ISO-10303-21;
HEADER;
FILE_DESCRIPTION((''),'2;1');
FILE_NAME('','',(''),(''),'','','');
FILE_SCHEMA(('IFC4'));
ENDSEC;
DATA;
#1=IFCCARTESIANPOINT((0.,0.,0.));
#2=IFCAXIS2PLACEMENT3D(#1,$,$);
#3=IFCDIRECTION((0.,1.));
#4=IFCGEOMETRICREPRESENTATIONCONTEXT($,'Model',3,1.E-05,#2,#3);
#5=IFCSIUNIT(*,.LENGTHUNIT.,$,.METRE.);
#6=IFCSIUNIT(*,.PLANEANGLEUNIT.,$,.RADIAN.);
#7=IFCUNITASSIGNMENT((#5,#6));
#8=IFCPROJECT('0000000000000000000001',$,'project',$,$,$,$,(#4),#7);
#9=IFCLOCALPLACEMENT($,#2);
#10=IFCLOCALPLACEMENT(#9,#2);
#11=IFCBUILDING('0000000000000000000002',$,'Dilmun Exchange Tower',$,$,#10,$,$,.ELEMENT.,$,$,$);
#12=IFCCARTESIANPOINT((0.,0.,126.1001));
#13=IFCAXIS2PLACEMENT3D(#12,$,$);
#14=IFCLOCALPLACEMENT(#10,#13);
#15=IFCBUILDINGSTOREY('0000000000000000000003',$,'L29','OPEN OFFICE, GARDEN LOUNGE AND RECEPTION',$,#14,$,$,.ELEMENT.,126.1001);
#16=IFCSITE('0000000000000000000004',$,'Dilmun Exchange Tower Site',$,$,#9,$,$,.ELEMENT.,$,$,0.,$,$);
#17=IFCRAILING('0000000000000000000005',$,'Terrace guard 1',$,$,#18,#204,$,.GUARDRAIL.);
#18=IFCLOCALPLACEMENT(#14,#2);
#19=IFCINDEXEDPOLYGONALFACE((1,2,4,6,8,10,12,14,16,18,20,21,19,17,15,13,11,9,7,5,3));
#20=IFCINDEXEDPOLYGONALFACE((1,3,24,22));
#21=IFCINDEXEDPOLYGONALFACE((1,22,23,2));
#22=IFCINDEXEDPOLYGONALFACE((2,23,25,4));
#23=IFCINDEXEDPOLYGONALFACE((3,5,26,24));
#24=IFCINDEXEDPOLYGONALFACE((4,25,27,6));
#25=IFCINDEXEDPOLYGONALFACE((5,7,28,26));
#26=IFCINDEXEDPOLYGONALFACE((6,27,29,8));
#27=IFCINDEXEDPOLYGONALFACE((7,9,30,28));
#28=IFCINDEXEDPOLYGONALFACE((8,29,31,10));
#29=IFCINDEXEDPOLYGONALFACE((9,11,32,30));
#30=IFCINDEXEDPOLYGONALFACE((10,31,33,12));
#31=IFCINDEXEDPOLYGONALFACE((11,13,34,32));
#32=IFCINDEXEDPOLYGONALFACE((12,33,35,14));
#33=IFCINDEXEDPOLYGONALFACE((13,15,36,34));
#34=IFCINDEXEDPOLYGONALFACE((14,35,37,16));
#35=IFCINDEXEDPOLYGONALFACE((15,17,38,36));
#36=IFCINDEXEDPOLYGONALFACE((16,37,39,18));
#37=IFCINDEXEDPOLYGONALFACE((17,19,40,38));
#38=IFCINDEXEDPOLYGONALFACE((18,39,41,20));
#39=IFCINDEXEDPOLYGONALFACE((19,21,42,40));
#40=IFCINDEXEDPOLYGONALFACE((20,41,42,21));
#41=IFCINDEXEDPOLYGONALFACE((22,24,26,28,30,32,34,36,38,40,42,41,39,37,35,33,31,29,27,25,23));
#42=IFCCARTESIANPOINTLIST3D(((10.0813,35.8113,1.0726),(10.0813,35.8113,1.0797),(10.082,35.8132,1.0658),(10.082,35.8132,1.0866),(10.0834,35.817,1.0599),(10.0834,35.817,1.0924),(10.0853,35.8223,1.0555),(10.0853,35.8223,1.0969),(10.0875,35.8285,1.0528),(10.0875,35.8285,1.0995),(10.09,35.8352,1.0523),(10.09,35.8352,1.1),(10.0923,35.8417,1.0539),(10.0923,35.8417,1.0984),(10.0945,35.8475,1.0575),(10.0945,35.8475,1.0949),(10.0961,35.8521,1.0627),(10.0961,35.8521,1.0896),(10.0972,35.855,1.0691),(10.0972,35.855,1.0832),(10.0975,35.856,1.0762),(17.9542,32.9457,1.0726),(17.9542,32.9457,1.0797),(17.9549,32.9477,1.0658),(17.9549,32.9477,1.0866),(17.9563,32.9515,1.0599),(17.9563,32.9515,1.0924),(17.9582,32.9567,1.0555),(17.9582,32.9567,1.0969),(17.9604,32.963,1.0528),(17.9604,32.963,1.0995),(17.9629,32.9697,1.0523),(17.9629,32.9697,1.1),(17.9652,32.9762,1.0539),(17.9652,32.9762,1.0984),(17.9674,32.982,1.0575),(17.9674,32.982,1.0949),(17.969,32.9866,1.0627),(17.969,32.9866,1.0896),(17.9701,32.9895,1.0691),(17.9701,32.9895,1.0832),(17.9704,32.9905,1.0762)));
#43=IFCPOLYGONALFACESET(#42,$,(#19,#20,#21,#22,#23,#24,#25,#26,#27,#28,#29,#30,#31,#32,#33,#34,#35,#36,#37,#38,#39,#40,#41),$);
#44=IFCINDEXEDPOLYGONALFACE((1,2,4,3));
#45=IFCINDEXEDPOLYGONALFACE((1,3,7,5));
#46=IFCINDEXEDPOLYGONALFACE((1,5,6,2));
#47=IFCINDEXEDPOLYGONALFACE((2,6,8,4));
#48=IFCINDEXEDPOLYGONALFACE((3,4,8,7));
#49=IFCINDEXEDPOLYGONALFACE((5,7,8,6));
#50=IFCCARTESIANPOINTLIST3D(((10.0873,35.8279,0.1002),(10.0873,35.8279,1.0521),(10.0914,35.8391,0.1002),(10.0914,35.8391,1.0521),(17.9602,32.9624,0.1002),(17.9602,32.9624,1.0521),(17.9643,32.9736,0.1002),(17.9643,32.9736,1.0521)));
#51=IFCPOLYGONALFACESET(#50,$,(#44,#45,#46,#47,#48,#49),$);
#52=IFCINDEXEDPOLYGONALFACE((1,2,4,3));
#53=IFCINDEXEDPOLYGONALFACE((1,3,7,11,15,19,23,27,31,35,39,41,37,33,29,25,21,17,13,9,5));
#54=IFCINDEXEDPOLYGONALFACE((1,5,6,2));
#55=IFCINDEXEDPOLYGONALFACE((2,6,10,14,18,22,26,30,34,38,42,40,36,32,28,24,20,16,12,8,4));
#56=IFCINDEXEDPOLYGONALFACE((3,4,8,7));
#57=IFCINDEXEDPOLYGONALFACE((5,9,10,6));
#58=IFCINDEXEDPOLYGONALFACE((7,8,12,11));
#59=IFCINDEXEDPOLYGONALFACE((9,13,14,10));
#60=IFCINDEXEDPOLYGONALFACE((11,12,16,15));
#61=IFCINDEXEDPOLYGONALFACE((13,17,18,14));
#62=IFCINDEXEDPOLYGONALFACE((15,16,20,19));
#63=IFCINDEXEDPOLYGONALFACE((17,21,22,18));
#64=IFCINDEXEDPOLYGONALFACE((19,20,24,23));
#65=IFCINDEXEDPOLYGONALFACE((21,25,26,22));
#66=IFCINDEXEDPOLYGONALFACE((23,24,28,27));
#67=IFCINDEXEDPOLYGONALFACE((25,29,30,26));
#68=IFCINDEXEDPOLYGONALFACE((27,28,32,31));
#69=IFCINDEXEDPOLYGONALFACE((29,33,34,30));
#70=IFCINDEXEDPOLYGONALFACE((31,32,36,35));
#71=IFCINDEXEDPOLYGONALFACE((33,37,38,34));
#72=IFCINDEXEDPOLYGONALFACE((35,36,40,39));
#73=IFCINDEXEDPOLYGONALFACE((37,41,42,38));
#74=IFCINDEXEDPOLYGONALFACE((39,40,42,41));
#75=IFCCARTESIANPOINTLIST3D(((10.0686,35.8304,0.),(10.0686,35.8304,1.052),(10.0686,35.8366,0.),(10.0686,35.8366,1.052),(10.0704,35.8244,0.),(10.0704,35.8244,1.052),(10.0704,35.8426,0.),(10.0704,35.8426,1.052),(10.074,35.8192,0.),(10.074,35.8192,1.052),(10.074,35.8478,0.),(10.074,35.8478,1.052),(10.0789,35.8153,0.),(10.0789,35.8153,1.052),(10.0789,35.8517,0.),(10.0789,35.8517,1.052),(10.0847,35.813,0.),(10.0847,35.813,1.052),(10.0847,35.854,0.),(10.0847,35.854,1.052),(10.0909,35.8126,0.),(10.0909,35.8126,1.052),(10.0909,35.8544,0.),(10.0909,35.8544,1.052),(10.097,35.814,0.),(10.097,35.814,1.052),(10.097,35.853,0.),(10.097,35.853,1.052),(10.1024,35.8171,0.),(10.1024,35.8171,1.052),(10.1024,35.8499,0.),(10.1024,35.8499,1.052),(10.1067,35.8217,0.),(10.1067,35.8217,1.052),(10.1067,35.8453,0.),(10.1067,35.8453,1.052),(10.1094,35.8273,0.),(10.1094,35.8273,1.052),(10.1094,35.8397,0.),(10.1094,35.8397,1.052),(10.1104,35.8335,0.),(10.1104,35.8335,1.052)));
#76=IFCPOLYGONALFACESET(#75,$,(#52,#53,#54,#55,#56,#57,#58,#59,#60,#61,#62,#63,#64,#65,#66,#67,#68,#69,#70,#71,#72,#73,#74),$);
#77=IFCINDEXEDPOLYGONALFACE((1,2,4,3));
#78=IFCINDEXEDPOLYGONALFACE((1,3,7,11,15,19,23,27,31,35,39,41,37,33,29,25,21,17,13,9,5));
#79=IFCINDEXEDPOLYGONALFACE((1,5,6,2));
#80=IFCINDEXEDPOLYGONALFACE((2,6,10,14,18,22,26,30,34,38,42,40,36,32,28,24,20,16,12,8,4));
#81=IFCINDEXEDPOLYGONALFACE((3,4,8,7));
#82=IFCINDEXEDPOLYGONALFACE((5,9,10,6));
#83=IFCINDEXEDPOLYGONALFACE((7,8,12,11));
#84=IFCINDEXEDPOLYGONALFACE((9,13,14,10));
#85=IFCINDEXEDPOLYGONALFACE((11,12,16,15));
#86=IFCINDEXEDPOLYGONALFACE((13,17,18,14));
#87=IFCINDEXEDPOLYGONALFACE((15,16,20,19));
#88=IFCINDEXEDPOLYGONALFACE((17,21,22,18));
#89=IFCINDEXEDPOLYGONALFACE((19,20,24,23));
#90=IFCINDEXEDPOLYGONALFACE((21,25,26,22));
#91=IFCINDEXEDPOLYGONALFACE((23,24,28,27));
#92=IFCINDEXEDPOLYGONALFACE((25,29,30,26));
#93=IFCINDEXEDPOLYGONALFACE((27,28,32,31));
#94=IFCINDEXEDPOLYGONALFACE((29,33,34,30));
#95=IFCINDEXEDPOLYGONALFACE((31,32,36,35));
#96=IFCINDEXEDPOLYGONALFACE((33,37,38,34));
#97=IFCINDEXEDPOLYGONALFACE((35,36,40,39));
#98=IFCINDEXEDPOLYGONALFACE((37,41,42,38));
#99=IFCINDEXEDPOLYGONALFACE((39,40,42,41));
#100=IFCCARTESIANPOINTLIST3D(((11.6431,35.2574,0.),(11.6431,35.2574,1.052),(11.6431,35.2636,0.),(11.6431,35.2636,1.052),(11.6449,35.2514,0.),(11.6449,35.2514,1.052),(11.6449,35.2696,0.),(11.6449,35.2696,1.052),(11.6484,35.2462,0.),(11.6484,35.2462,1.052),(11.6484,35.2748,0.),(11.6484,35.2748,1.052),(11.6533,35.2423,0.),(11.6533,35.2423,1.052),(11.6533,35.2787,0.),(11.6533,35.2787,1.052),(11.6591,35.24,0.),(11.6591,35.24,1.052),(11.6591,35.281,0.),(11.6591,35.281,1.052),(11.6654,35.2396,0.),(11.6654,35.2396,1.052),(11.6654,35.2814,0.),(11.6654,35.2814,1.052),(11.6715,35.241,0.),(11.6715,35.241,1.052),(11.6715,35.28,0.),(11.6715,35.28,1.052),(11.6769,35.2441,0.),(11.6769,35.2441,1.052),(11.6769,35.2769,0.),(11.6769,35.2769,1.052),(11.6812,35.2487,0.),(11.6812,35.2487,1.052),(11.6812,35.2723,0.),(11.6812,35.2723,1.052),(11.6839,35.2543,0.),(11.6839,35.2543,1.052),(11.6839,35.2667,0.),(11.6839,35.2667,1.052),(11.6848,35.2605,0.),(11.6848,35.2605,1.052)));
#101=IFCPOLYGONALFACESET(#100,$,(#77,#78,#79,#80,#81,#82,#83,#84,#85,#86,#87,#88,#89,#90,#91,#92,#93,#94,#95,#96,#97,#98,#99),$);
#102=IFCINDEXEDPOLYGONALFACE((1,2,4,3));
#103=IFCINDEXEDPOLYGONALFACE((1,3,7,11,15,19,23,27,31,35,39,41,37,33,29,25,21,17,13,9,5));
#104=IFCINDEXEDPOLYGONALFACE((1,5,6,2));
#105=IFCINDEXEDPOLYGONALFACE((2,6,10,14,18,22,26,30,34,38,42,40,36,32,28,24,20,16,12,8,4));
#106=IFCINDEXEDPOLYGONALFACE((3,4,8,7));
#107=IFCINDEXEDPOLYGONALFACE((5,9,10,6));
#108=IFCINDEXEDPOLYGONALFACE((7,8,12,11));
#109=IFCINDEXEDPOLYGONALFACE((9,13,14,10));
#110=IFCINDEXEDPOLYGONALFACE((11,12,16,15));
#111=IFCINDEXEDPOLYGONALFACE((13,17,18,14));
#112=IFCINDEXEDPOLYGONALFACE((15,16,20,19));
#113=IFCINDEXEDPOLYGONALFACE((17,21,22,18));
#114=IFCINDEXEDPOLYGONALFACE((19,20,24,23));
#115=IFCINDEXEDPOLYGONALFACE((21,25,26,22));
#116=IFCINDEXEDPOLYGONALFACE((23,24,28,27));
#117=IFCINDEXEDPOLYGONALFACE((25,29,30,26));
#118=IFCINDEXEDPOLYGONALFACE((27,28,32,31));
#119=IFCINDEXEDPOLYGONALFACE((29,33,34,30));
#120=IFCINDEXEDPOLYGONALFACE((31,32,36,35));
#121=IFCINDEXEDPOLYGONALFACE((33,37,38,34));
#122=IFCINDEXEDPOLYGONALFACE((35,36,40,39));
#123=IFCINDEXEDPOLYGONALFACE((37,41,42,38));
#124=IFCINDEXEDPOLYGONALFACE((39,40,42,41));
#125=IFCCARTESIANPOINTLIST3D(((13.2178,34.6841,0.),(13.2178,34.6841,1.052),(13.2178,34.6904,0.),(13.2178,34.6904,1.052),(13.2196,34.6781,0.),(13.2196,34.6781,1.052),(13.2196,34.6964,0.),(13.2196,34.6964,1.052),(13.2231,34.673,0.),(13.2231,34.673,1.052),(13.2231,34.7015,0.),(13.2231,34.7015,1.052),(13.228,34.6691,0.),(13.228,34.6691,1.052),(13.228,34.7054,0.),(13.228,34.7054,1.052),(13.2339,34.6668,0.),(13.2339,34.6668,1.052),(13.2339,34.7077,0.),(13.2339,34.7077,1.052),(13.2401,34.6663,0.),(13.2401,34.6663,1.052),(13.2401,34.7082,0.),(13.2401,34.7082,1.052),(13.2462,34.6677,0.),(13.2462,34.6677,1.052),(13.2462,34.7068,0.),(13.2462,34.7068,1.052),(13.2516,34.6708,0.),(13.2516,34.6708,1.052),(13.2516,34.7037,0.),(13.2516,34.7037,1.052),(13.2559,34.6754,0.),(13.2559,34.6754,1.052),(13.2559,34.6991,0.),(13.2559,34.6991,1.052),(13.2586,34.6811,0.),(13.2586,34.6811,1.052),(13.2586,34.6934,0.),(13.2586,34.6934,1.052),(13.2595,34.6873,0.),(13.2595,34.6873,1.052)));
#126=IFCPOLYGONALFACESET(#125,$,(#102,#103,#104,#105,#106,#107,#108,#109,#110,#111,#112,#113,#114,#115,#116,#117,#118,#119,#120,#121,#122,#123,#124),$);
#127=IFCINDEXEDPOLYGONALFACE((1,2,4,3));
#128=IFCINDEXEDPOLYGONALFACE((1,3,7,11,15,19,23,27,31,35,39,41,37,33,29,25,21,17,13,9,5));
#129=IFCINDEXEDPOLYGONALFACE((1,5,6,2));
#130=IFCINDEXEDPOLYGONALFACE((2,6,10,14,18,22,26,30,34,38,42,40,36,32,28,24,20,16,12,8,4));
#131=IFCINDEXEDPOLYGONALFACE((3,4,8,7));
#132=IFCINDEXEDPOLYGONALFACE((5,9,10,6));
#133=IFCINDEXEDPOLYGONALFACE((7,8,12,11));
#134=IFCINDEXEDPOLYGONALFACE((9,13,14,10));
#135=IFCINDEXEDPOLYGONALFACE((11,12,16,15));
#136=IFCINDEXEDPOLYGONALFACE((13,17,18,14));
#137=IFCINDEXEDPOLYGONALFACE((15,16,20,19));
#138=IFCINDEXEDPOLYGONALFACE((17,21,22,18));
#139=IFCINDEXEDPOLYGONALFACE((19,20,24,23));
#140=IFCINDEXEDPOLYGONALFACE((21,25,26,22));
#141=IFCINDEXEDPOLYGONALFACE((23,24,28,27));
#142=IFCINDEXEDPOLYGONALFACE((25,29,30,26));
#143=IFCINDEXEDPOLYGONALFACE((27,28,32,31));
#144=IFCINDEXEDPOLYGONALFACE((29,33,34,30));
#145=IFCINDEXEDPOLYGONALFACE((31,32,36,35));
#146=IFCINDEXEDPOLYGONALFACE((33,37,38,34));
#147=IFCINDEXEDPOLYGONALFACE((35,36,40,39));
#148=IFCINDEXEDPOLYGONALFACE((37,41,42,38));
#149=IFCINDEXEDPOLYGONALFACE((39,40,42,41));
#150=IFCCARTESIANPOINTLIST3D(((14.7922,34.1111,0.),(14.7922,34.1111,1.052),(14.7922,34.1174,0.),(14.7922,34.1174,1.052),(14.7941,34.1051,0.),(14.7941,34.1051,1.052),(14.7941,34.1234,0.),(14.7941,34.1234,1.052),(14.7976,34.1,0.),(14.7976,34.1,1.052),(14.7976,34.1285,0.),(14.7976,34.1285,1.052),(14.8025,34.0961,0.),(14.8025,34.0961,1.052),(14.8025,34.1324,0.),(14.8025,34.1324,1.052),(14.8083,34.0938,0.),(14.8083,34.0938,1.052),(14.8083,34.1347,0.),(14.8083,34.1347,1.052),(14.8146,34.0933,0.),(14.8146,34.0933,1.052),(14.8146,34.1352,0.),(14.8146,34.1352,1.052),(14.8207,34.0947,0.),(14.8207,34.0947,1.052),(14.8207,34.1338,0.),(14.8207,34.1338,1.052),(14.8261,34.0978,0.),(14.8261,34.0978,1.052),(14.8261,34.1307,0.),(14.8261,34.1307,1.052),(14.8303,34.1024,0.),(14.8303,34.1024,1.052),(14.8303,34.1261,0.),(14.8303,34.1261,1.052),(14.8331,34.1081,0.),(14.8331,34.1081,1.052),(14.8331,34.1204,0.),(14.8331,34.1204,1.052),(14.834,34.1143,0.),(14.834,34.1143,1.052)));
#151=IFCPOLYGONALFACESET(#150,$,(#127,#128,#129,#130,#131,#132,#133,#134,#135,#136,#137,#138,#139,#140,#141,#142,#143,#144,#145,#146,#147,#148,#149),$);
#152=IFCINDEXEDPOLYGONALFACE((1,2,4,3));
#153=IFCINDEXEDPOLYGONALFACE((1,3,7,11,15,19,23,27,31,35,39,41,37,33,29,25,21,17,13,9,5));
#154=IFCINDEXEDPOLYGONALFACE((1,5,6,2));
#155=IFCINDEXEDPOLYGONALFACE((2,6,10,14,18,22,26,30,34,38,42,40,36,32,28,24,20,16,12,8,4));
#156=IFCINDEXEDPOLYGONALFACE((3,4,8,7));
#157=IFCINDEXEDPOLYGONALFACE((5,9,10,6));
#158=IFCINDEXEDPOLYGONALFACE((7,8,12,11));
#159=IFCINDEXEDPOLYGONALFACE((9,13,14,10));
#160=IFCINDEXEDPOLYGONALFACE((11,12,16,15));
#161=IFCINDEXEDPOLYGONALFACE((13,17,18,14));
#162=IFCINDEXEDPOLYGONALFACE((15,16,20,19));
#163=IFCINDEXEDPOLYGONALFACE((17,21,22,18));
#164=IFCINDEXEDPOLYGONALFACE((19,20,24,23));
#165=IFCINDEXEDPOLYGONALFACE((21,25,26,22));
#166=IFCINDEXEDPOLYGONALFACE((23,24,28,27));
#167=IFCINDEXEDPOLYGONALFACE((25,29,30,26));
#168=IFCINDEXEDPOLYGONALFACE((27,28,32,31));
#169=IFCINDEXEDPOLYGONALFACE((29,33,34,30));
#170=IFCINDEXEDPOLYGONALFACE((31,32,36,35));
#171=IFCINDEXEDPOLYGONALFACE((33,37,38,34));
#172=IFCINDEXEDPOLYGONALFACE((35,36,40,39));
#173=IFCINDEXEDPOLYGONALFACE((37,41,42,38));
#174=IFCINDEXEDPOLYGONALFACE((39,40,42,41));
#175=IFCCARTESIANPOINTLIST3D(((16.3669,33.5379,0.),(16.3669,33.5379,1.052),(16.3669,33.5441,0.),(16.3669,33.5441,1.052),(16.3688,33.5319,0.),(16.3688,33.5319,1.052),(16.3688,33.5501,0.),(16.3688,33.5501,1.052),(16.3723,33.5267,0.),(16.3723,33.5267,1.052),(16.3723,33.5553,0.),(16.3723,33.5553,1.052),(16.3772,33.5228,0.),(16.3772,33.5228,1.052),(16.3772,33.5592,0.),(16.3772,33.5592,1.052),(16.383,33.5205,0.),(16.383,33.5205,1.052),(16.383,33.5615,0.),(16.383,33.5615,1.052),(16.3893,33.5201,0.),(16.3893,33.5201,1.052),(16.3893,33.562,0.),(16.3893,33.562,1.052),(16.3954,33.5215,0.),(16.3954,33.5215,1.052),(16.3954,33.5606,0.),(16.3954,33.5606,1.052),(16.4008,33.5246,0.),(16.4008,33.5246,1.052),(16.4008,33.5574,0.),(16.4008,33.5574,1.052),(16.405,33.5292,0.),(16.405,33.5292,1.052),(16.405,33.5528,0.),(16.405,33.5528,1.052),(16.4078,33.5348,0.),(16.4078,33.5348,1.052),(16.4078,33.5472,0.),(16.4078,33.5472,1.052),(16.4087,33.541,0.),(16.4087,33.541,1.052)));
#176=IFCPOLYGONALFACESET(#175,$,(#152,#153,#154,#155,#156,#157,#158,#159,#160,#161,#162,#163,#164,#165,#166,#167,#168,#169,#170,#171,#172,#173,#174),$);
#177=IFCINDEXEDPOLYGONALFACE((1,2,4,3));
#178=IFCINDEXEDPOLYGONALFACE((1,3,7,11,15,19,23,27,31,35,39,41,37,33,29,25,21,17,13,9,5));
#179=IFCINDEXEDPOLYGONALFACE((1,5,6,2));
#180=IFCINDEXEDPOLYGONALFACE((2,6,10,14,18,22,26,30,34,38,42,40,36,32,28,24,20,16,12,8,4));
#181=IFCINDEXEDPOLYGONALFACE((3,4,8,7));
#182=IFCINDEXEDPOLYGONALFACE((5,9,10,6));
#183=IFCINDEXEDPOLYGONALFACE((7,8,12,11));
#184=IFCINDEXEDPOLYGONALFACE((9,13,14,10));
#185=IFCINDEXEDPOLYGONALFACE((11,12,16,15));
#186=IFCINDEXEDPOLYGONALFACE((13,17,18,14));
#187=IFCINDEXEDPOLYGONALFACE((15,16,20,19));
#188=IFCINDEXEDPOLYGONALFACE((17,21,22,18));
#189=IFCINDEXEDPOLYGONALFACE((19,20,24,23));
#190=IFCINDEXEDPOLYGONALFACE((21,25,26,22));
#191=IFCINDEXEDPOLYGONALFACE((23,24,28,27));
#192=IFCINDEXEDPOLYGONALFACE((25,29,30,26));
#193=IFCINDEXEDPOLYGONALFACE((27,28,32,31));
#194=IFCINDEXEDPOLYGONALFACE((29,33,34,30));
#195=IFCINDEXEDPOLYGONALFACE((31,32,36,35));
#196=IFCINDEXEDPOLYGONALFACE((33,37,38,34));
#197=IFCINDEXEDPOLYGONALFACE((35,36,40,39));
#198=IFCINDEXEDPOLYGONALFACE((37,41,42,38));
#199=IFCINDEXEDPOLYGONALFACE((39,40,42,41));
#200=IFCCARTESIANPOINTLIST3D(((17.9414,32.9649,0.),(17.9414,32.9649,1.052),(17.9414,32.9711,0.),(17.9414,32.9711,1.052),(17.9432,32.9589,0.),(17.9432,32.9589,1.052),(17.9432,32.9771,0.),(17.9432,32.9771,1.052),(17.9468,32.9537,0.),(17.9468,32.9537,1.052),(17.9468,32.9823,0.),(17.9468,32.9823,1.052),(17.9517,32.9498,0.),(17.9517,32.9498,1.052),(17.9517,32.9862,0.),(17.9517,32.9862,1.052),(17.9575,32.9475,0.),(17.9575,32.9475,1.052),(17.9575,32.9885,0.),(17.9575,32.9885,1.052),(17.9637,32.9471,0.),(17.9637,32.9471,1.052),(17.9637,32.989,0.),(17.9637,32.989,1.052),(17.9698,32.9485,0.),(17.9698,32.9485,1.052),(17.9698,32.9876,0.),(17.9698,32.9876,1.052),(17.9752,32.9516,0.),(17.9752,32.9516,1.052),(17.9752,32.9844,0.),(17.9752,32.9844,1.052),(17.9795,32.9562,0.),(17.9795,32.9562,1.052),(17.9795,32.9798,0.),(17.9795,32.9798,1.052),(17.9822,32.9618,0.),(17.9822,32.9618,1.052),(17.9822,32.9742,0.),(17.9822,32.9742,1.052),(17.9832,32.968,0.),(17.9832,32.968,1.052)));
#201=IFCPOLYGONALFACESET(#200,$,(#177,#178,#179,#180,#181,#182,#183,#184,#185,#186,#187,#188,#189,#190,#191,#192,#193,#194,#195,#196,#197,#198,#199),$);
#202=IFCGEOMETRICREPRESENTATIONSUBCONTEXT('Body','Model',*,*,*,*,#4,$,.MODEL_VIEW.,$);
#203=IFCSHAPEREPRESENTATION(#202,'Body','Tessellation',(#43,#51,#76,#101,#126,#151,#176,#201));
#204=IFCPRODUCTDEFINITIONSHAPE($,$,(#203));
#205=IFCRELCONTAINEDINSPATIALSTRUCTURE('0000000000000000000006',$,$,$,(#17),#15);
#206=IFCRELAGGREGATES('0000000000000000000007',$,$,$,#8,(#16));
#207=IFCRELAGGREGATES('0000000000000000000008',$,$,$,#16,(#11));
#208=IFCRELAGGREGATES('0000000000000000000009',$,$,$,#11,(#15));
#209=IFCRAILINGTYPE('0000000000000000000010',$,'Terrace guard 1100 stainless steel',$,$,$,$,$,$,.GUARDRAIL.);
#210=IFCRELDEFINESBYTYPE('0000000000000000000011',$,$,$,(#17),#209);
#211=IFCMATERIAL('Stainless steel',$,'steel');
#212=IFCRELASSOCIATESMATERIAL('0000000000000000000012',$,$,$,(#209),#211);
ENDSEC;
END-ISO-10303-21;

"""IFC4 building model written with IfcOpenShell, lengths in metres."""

from ifc_helpers import new_model, si_unit, direction, frame, origin, origin_2d, place, context, subcontext, project, spatial, rectangle, circle, extrude, material, type_object, element, save


model = new_model("IFC4")

# Units and contexts
model_context = context("Model", 3, precision=1e-05, world=origin(), true_north=direction((0.0, 1.0)))
body_context = subcontext(model_context, "Body", "Model", "MODEL_VIEW")
ifc_project = project(units=[si_unit("LENGTHUNIT", "METRE"), si_unit("PLANEANGLEUNIT", "RADIAN")], contexts=[model_context])

# Site, building, storey
site_placement = place(None, origin())
site = spatial("IfcSite", under=ifc_project, at=site_placement, Name="Dilmun Exchange Tower Site", CompositionType="ELEMENT", RefElevation=0.0)
building_placement = place(site_placement, origin())
building = spatial("IfcBuilding", under=site, at=building_placement, Name="Dilmun Exchange Tower", CompositionType="ELEMENT")
storey_placement = place(building_placement, frame((0.0, 0.0, 126.1001)))
storey = spatial("IfcBuildingStorey", under=building, at=storey_placement, Name="L29", Description="OPEN OFFICE, GARDEN LOUNGE AND RECEPTION", CompositionType="ELEMENT", Elevation=126.1001)

# Railing
ifc_material_1 = material(Name="Stainless steel", Category="steel")
railing_type = type_object("IfcRailingType", Name="Terrace guard 1100 stainless steel", PredefinedType="GUARDRAIL", material=ifc_material_1)
railing_placement = place(storey_placement, frame((10.0894, 35.8335, 0.0)))
element("IfcRailing", 1, at=railing_placement, inside=storey, type_object=railing_type, Name="Terrace guard 1", PredefinedType="GUARDRAIL", context=body_context, shape_type="SweptSolid", body=[
    extrude(circle(Radius=0.0239, at=origin_2d()), frame((0.0, 0.0, 1.0762), z_axis=(0.939692, -0.342021, 0.0), x_axis=(0.342021, 0.939692, 0.0)), (0.0, 0.0, 1.0), 8.3782),
    extrude(rectangle(XDim=0.012, YDim=0.9519, at=origin_2d()), frame((0.0, 0.0, 0.5762), z_axis=(0.939692, -0.342021, 0.0), x_axis=(0.342021, 0.939692, 0.0)), (0.0, 0.0, 1.0), 8.3782),
    extrude(circle(Radius=0.021, at=origin_2d()), origin(), (0.0, 0.0, 1.0), 1.052),
    extrude(circle(Radius=0.021, at=origin_2d()), frame((1.5745, -0.573, 0.0)), (0.0, 0.0, 1.0), 1.052),
    extrude(circle(Radius=0.021, at=origin_2d()), frame((3.1492, -1.1462, 0.0)), (0.0, 0.0, 1.0), 1.052),
    extrude(circle(Radius=0.021, at=origin_2d()), frame((4.7236, -1.7192, 0.0)), (0.0, 0.0, 1.0), 1.052),
    extrude(circle(Radius=0.021, at=origin_2d()), frame((6.2983, -2.2925, 0.0)), (0.0, 0.0, 1.0), 1.052),
    extrude(circle(Radius=0.021, at=origin_2d()), frame((7.8728, -2.8655, 0.0)), (0.0, 0.0, 1.0), 1.052),
])

save(model, "model.ifc")
